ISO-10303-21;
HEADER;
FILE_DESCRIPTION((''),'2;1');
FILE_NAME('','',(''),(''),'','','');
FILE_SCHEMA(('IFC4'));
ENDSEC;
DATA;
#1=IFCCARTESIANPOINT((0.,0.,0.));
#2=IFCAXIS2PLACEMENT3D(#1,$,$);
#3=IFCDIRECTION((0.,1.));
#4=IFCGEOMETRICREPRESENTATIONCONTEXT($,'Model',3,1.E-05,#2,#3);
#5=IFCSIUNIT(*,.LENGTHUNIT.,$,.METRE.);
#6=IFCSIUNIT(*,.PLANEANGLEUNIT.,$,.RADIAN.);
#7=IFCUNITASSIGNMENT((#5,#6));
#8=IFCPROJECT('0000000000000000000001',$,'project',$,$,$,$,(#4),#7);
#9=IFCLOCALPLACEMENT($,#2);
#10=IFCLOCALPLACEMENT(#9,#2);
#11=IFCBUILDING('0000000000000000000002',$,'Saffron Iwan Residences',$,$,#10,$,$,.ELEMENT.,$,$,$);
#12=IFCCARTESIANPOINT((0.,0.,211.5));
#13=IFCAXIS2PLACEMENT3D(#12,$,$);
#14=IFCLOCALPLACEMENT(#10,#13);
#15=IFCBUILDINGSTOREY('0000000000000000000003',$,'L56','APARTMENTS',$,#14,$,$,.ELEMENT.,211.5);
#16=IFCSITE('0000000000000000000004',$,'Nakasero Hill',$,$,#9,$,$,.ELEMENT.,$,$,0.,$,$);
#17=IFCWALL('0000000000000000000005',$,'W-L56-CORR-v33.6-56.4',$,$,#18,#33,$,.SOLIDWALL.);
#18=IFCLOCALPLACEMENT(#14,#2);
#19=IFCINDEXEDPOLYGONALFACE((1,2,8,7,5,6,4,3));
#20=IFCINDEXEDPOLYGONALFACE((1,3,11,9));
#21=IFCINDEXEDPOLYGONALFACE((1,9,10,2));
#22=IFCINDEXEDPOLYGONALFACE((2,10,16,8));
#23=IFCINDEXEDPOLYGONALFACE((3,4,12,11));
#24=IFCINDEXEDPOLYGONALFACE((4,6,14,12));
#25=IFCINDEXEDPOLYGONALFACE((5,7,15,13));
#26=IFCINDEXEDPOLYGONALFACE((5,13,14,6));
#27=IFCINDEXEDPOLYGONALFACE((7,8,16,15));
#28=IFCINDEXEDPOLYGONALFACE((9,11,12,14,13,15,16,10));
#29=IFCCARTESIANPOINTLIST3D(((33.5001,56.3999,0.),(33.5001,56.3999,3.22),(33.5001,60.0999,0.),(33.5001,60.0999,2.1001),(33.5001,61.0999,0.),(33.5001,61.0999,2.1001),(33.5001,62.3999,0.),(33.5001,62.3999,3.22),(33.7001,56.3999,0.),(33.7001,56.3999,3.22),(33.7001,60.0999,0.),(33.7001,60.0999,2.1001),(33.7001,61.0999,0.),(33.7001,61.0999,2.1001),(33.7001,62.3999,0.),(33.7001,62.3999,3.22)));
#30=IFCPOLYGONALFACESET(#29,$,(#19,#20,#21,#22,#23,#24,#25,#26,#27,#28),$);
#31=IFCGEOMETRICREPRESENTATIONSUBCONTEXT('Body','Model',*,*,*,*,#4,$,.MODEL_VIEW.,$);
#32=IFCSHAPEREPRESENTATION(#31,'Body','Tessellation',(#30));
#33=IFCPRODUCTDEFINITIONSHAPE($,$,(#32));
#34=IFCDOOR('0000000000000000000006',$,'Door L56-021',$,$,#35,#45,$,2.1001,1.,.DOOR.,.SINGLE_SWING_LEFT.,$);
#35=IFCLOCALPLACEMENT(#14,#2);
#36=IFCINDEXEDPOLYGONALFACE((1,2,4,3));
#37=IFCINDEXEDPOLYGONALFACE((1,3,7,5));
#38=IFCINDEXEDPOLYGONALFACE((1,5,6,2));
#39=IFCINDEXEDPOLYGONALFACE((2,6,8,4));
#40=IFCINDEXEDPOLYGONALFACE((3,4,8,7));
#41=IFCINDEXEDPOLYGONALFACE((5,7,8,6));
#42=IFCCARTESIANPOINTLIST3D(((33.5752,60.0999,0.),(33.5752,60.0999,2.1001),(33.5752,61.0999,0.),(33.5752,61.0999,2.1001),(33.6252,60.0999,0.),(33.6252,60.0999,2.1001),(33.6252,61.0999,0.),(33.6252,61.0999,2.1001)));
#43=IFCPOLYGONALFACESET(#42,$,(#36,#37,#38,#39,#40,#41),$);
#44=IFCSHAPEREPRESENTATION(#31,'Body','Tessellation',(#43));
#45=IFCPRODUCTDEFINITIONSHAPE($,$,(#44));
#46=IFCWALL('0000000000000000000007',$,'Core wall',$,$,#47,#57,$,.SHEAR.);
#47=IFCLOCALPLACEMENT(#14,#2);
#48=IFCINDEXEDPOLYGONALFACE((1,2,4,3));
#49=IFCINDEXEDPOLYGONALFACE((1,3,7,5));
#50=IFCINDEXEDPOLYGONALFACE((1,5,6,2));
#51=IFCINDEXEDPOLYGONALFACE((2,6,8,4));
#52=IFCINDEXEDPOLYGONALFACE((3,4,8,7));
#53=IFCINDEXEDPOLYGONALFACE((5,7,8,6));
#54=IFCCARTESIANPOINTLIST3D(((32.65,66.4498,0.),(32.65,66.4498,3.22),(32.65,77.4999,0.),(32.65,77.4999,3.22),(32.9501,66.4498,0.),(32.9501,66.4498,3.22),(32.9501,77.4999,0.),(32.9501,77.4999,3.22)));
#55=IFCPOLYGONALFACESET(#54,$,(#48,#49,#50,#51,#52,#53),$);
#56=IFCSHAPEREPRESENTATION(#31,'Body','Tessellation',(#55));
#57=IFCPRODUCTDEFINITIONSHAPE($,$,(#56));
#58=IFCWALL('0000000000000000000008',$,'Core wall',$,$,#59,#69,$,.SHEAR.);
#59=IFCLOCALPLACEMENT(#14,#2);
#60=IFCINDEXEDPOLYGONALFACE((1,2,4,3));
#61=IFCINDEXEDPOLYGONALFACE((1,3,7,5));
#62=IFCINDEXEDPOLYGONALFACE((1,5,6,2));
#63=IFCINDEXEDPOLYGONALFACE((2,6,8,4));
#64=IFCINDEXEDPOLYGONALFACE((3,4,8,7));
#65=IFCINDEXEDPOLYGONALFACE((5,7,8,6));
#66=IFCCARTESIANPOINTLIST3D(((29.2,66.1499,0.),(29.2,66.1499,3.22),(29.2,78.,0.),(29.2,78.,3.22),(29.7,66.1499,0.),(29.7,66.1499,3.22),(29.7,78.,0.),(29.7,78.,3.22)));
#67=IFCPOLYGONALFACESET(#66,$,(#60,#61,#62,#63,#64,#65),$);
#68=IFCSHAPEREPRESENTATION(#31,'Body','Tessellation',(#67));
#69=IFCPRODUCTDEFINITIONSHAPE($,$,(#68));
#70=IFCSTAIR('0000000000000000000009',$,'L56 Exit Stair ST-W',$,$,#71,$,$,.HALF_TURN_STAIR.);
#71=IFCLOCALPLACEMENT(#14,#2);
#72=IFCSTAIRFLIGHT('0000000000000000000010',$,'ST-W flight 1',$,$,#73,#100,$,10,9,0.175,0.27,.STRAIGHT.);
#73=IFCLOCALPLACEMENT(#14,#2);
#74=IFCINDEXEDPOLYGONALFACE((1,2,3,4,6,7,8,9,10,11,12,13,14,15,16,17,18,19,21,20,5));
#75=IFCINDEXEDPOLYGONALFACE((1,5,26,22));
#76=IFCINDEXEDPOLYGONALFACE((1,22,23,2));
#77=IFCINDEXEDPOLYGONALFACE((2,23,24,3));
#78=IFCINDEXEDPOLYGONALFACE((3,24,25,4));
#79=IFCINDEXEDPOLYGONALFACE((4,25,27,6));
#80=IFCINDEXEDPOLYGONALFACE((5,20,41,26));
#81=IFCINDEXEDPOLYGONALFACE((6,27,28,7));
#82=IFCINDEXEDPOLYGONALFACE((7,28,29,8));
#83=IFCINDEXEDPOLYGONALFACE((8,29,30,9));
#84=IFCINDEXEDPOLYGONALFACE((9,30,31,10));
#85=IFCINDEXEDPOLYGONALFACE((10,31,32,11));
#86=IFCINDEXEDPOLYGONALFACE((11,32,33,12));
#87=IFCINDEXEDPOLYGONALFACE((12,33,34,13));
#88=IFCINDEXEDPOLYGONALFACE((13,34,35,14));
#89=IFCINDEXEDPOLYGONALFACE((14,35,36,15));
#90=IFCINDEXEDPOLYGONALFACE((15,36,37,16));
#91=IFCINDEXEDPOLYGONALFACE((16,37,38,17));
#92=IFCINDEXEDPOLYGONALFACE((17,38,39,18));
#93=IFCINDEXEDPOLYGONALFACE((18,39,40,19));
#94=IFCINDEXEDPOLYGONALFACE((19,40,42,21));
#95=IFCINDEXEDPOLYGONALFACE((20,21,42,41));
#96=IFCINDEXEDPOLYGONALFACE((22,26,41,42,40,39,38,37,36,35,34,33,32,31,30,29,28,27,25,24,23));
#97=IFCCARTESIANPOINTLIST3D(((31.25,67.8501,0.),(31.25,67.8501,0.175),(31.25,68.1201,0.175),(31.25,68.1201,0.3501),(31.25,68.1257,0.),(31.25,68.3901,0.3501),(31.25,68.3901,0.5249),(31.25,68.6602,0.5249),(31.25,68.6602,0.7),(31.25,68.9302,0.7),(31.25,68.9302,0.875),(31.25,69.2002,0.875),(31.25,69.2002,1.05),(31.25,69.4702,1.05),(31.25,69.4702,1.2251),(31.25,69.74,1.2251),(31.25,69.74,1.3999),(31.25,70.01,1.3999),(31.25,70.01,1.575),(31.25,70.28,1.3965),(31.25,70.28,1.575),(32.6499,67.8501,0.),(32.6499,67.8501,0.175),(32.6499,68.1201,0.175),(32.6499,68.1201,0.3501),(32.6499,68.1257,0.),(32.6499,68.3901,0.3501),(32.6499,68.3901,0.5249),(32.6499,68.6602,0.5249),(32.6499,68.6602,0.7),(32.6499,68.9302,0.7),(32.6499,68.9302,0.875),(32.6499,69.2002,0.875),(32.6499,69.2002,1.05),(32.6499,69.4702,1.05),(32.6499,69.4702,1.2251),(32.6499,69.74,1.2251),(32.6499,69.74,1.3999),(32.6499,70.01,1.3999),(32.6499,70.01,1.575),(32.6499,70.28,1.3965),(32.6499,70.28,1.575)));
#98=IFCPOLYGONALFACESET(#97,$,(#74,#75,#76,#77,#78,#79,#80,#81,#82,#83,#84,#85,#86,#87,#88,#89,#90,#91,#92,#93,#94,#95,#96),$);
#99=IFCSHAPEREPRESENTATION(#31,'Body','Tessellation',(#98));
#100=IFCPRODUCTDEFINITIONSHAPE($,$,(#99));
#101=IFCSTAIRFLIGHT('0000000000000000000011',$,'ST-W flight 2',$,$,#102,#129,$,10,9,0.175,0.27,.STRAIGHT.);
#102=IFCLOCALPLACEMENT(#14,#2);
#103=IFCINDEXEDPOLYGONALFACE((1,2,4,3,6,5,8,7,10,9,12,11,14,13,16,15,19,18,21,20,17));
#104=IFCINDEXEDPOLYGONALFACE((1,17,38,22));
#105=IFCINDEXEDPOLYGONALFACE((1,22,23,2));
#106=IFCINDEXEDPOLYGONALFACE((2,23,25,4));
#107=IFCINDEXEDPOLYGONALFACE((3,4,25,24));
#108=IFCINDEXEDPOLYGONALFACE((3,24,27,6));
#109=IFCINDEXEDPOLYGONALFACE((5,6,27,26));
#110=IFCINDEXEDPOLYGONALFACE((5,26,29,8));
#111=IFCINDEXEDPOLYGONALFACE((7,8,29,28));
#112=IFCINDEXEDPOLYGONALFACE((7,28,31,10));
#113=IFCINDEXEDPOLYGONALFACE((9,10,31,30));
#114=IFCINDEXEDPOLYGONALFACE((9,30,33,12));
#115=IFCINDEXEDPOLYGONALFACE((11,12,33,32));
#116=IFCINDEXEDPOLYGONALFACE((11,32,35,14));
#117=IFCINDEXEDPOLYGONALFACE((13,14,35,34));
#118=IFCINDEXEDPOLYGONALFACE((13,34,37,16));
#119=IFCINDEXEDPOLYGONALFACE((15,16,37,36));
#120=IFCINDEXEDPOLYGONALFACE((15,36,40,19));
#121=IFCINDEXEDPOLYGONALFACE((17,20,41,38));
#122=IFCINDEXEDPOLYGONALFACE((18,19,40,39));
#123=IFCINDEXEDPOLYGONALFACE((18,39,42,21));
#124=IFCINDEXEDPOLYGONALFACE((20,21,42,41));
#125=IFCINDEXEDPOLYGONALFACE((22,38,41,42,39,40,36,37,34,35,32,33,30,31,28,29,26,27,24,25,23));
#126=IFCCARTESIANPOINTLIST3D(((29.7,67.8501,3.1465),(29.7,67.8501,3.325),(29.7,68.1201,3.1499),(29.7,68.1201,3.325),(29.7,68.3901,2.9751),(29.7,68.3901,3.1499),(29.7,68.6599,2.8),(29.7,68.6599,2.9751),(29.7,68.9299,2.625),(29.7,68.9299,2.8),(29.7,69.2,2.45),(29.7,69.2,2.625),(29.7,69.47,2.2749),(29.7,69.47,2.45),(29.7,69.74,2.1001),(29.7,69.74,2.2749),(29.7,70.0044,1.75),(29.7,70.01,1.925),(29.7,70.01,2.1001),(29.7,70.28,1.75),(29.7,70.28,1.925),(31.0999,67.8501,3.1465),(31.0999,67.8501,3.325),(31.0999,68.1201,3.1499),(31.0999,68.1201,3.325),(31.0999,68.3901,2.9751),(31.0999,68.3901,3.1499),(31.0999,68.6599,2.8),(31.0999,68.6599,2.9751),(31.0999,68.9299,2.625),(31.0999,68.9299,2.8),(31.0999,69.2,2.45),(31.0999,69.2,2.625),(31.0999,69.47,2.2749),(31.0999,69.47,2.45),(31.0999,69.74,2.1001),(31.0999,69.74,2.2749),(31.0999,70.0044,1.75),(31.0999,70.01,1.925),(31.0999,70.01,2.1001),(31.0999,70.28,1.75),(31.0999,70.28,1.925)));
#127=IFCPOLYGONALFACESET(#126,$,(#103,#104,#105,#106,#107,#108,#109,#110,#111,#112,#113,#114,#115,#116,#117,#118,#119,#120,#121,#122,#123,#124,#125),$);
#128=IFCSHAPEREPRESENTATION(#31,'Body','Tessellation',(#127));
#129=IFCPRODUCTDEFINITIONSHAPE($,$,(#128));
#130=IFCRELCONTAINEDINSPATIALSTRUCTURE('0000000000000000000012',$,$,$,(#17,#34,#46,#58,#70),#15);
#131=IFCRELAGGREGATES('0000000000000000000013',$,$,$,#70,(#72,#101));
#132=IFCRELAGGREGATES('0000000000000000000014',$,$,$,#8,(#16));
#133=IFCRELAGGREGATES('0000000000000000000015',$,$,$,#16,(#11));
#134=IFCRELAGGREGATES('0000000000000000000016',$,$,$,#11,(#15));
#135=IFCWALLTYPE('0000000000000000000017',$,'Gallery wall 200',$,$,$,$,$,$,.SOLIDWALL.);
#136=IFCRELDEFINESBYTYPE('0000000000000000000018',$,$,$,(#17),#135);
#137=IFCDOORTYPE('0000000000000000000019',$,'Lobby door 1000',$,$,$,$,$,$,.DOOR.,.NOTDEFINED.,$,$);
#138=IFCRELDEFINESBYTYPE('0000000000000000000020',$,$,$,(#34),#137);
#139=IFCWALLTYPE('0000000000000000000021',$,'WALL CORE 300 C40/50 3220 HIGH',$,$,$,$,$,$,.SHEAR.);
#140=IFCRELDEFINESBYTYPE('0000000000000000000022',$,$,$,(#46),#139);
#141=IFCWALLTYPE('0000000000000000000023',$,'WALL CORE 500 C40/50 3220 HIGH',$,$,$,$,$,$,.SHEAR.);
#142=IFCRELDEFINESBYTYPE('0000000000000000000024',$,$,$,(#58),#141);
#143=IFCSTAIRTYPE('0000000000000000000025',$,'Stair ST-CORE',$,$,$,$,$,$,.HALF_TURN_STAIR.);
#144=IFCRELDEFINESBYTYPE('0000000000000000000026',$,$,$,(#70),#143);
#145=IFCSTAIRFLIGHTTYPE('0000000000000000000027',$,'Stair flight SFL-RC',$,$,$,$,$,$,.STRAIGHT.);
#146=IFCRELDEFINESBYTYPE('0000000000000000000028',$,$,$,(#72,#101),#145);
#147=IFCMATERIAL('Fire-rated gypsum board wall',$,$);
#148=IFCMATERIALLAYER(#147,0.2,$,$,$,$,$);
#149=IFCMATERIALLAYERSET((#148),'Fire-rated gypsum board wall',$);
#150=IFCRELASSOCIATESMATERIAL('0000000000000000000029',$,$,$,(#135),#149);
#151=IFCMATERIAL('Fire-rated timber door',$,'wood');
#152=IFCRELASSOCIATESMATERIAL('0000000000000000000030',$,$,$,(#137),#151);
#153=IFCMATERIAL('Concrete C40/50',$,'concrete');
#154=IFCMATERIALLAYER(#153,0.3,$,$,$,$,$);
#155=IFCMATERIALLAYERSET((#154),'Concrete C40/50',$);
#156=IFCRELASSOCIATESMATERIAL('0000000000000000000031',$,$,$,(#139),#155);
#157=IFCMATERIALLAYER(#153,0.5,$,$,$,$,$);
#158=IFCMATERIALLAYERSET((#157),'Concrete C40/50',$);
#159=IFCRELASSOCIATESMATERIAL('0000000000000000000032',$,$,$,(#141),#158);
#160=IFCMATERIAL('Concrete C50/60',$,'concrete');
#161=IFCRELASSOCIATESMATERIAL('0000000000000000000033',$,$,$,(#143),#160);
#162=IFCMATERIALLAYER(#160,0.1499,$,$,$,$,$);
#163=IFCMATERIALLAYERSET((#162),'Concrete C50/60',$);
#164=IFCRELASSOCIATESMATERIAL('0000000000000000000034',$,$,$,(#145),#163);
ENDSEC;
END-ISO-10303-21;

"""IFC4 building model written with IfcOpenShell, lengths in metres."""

from ifc_helpers import new_model, si_unit, direction, frame, frame_2d, origin, place, context, subcontext, project, spatial, polyline, rectangle, outline, extrude, material, layer, layer_set, type_object, element, fill, aggregate, save


model = new_model("IFC4")

# Units and contexts
model_context = context("Model", 3, precision=1e-05, world=origin(), true_north=direction((0.0, 1.0)))
body_context = subcontext(model_context, "Body", "Model", "MODEL_VIEW")
ifc_project = project(units=[si_unit("LENGTHUNIT", "METRE"), si_unit("PLANEANGLEUNIT", "RADIAN")], contexts=[model_context])

# Site, building, storey
site_placement = place(None, origin())
site = spatial("IfcSite", under=ifc_project, at=site_placement, Name="Nakasero Hill", CompositionType="ELEMENT", RefElevation=0.0)
building_placement = place(site_placement, origin())
building = spatial("IfcBuilding", under=site, at=building_placement, Name="Saffron Iwan Residences", CompositionType="ELEMENT")
storey_placement = place(building_placement, frame((0.0, 0.0, 211.5)))
storey = spatial("IfcBuildingStorey", under=building, at=storey_placement, Name="L56", Description="APARTMENTS", CompositionType="ELEMENT", Elevation=211.5)

# Wall, opening, door
ifc_material_1 = material(Name="Fire-rated gypsum board wall")
ifc_layer_1 = layer(ifc_material_1, 0.2)
ifc_layer_set_1 = layer_set([ifc_layer_1], Name="Fire-rated gypsum board wall")
wall_type_1 = type_object("IfcWallType", Name="Gallery wall 200", PredefinedType="SOLIDWALL", material=ifc_layer_set_1)
wall_1_placement = place(storey_placement, frame((33.6001, 56.3999, 0.0), z_axis=(0.0, 0.0, 1.0), x_axis=(0.0, 1.0, 0.0)))
wall_1 = element("IfcWall", 1, at=wall_1_placement, inside=storey, type_object=wall_type_1, Name="W-L56-CORR-v33.6-56.4", PredefinedType="SOLIDWALL", context=body_context, shape_type="SweptSolid", body=[
    extrude(rectangle(XDim=6.0, YDim=0.2, at=frame_2d((3.0, 0.0))), origin(), (0.0, 0.0, 1.0), 3.22),
])
opening_placement = place(wall_1_placement, frame((3.7, 0.0, 0.0)))
opening = element("IfcOpeningElement", 2, at=opening_placement, cuts=wall_1, PredefinedType="OPENING", context=body_context, shape_type="SweptSolid", body=[
    extrude(rectangle(XDim=1.0, YDim=2.1001, at=frame_2d((0.5, 1.05))), frame((0.0, 0.1099, 0.0), z_axis=(0.0, -1.0, 0.0), x_axis=(1.0, 0.0, 0.0)), (0.0, 0.0, 1.0), 0.22),
])
ifc_material_2 = material(Name="Fire-rated timber door", Category="wood")
door_type = type_object("IfcDoorType", Name="Lobby door 1000", OperationType="NOTDEFINED", PredefinedType="DOOR", material=ifc_material_2)
door_placement = place(opening_placement, origin())
door = element("IfcDoor", 3, at=door_placement, inside=storey, type_object=door_type, Name="Door L56-021", OperationType="SINGLE_SWING_LEFT", OverallHeight=2.1001, OverallWidth=1.0, PredefinedType="DOOR", context=body_context, shape_type="SweptSolid", body=[
    extrude(rectangle(XDim=1.0, YDim=2.1001, at=frame_2d((0.5, 1.05))), frame((0.0, 0.0249, 0.0), z_axis=(0.0, -1.0, 0.0), x_axis=(1.0, 0.0, 0.0)), (0.0, 0.0, 1.0), 0.05),
])
fill(opening, door)

# Walls
ifc_material_3 = material(Name="Concrete C40/50", Category="concrete")
ifc_layer_2 = layer(ifc_material_3, 0.3)
ifc_layer_set_2 = layer_set([ifc_layer_2], Name="Concrete C40/50")
wall_type_2 = type_object("IfcWallType", Name="WALL CORE 300 C40/50 3220 HIGH", PredefinedType="SHEAR", material=ifc_layer_set_2)
wall_2_placement = place(storey_placement, frame((32.8, 66.45, 0.0), z_axis=(0.0, 0.0, 1.0), x_axis=(0.0, 1.0, 0.0)))
element("IfcWall", 4, at=wall_2_placement, inside=storey, type_object=wall_type_2, Name="Core wall", PredefinedType="SHEAR", context=body_context, shape_type="SweptSolid", body=[
    extrude(rectangle(XDim=11.05, YDim=0.3, at=frame_2d((5.5249, 0.0))), origin(), (0.0, 0.0, 1.0), 3.22),
])
ifc_layer_3 = layer(ifc_material_3, 0.5)
ifc_layer_set_3 = layer_set([ifc_layer_3], Name="Concrete C40/50")
wall_type_3 = type_object("IfcWallType", Name="WALL CORE 500 C40/50 3220 HIGH", PredefinedType="SHEAR", material=ifc_layer_set_3)
wall_3_placement = place(storey_placement, frame((29.45, 66.1499, 0.0), z_axis=(0.0, 0.0, 1.0), x_axis=(0.0, 1.0, 0.0)))
element("IfcWall", 5, at=wall_3_placement, inside=storey, type_object=wall_type_3, Name="Core wall", PredefinedType="SHEAR", context=body_context, shape_type="SweptSolid", body=[
    extrude(rectangle(XDim=11.8501, YDim=0.5, at=frame_2d((5.925, 0.0))), origin(), (0.0, 0.0, 1.0), 3.22),
])

# Stair, stair flights
ifc_material_4 = material(Name="Concrete C50/60", Category="concrete")
stair_type = type_object("IfcStairType", Name="Stair ST-CORE", PredefinedType="HALF_TURN_STAIR", material=ifc_material_4)
stair_placement = place(storey_placement, origin())
stair = element("IfcStair", 6, at=stair_placement, inside=storey, type_object=stair_type, Name="L56 Exit Stair ST-W", PredefinedType="HALF_TURN_STAIR")
ifc_layer_4 = layer(ifc_material_4, 0.1499)
ifc_layer_set_4 = layer_set([ifc_layer_4], Name="Concrete C50/60")
stair_flight_type = type_object("IfcStairFlightType", Name="Stair flight SFL-RC", PredefinedType="STRAIGHT", material=ifc_layer_set_4)
stair_flight_1_placement = place(storey_placement, frame((31.95, 67.8501, 0.0), z_axis=(0.0, 0.0, 1.0), x_axis=(0.0, 1.0, 0.0)))
stair_flight_1 = element("IfcStairFlight", 7, at=stair_flight_1_placement, type_object=stair_flight_type, Name="ST-W flight 1", NumberOfRisers=10, NumberOfTreads=9, PredefinedType="STRAIGHT", RiserHeight=0.175, TreadLength=0.27, context=body_context, shape_type="SweptSolid", body=[
    extrude(outline(polyline([(0.0, 0.0), (0.0, 0.175), (0.27, 0.175), (0.27, 0.3501), (0.54, 0.3501), (0.54, 0.5249), (0.8101, 0.5249), (0.8101, 0.7), (1.0801, 0.7), (1.0801, 0.875), (1.3501, 0.875), (1.3501, 1.05), (1.6201, 1.05), (1.6201, 1.2251), (1.8899, 1.2251), (1.8899, 1.3999), (2.1599, 1.3999), (2.1599, 1.575), (2.4299, 1.575), (2.4299, 1.75), (2.4299, 1.3965), (0.2756, 0.0), (0.0, 0.0)])), frame((0.0, 0.7, 0.0), z_axis=(0.0, -1.0, 0.0), x_axis=(1.0, 0.0, 0.0)), (0.0, 0.0, 1.0), 1.3999),
])
stair_flight_2_placement = place(storey_placement, frame((30.3999, 70.28, 1.75), z_axis=(0.0, 0.0, 1.0), x_axis=(0.0, -1.0, 0.0)))
stair_flight_2 = element("IfcStairFlight", 8, at=stair_flight_2_placement, type_object=stair_flight_type, Name="ST-W flight 2", NumberOfRisers=10, NumberOfTreads=9, PredefinedType="STRAIGHT", RiserHeight=0.175, TreadLength=0.27, context=body_context, shape_type="SweptSolid", body=[
    extrude(outline(polyline([(0.0, 0.0), (0.0, 0.175), (0.27, 0.175), (0.27, 0.3501), (0.54, 0.3501), (0.54, 0.5249), (0.8101, 0.5249), (0.8101, 0.7), (1.0801, 0.7), (1.0801, 0.875), (1.3501, 0.875), (1.3501, 1.05), (1.6201, 1.05), (1.6201, 1.2251), (1.8899, 1.2251), (1.8899, 1.3999), (2.1599, 1.3999), (2.1599, 1.575), (2.4299, 1.575), (2.4299, 1.75), (2.4299, 1.3965), (0.2756, 0.0), (0.0, 0.0)])), frame((0.0, 0.7, 0.0), z_axis=(0.0, -1.0, 0.0), x_axis=(1.0, 0.0, 0.0)), (0.0, 0.0, 1.0), 1.3999),
])
aggregate(stair, [stair_flight_1, stair_flight_2])

save(model, "model.ifc")
